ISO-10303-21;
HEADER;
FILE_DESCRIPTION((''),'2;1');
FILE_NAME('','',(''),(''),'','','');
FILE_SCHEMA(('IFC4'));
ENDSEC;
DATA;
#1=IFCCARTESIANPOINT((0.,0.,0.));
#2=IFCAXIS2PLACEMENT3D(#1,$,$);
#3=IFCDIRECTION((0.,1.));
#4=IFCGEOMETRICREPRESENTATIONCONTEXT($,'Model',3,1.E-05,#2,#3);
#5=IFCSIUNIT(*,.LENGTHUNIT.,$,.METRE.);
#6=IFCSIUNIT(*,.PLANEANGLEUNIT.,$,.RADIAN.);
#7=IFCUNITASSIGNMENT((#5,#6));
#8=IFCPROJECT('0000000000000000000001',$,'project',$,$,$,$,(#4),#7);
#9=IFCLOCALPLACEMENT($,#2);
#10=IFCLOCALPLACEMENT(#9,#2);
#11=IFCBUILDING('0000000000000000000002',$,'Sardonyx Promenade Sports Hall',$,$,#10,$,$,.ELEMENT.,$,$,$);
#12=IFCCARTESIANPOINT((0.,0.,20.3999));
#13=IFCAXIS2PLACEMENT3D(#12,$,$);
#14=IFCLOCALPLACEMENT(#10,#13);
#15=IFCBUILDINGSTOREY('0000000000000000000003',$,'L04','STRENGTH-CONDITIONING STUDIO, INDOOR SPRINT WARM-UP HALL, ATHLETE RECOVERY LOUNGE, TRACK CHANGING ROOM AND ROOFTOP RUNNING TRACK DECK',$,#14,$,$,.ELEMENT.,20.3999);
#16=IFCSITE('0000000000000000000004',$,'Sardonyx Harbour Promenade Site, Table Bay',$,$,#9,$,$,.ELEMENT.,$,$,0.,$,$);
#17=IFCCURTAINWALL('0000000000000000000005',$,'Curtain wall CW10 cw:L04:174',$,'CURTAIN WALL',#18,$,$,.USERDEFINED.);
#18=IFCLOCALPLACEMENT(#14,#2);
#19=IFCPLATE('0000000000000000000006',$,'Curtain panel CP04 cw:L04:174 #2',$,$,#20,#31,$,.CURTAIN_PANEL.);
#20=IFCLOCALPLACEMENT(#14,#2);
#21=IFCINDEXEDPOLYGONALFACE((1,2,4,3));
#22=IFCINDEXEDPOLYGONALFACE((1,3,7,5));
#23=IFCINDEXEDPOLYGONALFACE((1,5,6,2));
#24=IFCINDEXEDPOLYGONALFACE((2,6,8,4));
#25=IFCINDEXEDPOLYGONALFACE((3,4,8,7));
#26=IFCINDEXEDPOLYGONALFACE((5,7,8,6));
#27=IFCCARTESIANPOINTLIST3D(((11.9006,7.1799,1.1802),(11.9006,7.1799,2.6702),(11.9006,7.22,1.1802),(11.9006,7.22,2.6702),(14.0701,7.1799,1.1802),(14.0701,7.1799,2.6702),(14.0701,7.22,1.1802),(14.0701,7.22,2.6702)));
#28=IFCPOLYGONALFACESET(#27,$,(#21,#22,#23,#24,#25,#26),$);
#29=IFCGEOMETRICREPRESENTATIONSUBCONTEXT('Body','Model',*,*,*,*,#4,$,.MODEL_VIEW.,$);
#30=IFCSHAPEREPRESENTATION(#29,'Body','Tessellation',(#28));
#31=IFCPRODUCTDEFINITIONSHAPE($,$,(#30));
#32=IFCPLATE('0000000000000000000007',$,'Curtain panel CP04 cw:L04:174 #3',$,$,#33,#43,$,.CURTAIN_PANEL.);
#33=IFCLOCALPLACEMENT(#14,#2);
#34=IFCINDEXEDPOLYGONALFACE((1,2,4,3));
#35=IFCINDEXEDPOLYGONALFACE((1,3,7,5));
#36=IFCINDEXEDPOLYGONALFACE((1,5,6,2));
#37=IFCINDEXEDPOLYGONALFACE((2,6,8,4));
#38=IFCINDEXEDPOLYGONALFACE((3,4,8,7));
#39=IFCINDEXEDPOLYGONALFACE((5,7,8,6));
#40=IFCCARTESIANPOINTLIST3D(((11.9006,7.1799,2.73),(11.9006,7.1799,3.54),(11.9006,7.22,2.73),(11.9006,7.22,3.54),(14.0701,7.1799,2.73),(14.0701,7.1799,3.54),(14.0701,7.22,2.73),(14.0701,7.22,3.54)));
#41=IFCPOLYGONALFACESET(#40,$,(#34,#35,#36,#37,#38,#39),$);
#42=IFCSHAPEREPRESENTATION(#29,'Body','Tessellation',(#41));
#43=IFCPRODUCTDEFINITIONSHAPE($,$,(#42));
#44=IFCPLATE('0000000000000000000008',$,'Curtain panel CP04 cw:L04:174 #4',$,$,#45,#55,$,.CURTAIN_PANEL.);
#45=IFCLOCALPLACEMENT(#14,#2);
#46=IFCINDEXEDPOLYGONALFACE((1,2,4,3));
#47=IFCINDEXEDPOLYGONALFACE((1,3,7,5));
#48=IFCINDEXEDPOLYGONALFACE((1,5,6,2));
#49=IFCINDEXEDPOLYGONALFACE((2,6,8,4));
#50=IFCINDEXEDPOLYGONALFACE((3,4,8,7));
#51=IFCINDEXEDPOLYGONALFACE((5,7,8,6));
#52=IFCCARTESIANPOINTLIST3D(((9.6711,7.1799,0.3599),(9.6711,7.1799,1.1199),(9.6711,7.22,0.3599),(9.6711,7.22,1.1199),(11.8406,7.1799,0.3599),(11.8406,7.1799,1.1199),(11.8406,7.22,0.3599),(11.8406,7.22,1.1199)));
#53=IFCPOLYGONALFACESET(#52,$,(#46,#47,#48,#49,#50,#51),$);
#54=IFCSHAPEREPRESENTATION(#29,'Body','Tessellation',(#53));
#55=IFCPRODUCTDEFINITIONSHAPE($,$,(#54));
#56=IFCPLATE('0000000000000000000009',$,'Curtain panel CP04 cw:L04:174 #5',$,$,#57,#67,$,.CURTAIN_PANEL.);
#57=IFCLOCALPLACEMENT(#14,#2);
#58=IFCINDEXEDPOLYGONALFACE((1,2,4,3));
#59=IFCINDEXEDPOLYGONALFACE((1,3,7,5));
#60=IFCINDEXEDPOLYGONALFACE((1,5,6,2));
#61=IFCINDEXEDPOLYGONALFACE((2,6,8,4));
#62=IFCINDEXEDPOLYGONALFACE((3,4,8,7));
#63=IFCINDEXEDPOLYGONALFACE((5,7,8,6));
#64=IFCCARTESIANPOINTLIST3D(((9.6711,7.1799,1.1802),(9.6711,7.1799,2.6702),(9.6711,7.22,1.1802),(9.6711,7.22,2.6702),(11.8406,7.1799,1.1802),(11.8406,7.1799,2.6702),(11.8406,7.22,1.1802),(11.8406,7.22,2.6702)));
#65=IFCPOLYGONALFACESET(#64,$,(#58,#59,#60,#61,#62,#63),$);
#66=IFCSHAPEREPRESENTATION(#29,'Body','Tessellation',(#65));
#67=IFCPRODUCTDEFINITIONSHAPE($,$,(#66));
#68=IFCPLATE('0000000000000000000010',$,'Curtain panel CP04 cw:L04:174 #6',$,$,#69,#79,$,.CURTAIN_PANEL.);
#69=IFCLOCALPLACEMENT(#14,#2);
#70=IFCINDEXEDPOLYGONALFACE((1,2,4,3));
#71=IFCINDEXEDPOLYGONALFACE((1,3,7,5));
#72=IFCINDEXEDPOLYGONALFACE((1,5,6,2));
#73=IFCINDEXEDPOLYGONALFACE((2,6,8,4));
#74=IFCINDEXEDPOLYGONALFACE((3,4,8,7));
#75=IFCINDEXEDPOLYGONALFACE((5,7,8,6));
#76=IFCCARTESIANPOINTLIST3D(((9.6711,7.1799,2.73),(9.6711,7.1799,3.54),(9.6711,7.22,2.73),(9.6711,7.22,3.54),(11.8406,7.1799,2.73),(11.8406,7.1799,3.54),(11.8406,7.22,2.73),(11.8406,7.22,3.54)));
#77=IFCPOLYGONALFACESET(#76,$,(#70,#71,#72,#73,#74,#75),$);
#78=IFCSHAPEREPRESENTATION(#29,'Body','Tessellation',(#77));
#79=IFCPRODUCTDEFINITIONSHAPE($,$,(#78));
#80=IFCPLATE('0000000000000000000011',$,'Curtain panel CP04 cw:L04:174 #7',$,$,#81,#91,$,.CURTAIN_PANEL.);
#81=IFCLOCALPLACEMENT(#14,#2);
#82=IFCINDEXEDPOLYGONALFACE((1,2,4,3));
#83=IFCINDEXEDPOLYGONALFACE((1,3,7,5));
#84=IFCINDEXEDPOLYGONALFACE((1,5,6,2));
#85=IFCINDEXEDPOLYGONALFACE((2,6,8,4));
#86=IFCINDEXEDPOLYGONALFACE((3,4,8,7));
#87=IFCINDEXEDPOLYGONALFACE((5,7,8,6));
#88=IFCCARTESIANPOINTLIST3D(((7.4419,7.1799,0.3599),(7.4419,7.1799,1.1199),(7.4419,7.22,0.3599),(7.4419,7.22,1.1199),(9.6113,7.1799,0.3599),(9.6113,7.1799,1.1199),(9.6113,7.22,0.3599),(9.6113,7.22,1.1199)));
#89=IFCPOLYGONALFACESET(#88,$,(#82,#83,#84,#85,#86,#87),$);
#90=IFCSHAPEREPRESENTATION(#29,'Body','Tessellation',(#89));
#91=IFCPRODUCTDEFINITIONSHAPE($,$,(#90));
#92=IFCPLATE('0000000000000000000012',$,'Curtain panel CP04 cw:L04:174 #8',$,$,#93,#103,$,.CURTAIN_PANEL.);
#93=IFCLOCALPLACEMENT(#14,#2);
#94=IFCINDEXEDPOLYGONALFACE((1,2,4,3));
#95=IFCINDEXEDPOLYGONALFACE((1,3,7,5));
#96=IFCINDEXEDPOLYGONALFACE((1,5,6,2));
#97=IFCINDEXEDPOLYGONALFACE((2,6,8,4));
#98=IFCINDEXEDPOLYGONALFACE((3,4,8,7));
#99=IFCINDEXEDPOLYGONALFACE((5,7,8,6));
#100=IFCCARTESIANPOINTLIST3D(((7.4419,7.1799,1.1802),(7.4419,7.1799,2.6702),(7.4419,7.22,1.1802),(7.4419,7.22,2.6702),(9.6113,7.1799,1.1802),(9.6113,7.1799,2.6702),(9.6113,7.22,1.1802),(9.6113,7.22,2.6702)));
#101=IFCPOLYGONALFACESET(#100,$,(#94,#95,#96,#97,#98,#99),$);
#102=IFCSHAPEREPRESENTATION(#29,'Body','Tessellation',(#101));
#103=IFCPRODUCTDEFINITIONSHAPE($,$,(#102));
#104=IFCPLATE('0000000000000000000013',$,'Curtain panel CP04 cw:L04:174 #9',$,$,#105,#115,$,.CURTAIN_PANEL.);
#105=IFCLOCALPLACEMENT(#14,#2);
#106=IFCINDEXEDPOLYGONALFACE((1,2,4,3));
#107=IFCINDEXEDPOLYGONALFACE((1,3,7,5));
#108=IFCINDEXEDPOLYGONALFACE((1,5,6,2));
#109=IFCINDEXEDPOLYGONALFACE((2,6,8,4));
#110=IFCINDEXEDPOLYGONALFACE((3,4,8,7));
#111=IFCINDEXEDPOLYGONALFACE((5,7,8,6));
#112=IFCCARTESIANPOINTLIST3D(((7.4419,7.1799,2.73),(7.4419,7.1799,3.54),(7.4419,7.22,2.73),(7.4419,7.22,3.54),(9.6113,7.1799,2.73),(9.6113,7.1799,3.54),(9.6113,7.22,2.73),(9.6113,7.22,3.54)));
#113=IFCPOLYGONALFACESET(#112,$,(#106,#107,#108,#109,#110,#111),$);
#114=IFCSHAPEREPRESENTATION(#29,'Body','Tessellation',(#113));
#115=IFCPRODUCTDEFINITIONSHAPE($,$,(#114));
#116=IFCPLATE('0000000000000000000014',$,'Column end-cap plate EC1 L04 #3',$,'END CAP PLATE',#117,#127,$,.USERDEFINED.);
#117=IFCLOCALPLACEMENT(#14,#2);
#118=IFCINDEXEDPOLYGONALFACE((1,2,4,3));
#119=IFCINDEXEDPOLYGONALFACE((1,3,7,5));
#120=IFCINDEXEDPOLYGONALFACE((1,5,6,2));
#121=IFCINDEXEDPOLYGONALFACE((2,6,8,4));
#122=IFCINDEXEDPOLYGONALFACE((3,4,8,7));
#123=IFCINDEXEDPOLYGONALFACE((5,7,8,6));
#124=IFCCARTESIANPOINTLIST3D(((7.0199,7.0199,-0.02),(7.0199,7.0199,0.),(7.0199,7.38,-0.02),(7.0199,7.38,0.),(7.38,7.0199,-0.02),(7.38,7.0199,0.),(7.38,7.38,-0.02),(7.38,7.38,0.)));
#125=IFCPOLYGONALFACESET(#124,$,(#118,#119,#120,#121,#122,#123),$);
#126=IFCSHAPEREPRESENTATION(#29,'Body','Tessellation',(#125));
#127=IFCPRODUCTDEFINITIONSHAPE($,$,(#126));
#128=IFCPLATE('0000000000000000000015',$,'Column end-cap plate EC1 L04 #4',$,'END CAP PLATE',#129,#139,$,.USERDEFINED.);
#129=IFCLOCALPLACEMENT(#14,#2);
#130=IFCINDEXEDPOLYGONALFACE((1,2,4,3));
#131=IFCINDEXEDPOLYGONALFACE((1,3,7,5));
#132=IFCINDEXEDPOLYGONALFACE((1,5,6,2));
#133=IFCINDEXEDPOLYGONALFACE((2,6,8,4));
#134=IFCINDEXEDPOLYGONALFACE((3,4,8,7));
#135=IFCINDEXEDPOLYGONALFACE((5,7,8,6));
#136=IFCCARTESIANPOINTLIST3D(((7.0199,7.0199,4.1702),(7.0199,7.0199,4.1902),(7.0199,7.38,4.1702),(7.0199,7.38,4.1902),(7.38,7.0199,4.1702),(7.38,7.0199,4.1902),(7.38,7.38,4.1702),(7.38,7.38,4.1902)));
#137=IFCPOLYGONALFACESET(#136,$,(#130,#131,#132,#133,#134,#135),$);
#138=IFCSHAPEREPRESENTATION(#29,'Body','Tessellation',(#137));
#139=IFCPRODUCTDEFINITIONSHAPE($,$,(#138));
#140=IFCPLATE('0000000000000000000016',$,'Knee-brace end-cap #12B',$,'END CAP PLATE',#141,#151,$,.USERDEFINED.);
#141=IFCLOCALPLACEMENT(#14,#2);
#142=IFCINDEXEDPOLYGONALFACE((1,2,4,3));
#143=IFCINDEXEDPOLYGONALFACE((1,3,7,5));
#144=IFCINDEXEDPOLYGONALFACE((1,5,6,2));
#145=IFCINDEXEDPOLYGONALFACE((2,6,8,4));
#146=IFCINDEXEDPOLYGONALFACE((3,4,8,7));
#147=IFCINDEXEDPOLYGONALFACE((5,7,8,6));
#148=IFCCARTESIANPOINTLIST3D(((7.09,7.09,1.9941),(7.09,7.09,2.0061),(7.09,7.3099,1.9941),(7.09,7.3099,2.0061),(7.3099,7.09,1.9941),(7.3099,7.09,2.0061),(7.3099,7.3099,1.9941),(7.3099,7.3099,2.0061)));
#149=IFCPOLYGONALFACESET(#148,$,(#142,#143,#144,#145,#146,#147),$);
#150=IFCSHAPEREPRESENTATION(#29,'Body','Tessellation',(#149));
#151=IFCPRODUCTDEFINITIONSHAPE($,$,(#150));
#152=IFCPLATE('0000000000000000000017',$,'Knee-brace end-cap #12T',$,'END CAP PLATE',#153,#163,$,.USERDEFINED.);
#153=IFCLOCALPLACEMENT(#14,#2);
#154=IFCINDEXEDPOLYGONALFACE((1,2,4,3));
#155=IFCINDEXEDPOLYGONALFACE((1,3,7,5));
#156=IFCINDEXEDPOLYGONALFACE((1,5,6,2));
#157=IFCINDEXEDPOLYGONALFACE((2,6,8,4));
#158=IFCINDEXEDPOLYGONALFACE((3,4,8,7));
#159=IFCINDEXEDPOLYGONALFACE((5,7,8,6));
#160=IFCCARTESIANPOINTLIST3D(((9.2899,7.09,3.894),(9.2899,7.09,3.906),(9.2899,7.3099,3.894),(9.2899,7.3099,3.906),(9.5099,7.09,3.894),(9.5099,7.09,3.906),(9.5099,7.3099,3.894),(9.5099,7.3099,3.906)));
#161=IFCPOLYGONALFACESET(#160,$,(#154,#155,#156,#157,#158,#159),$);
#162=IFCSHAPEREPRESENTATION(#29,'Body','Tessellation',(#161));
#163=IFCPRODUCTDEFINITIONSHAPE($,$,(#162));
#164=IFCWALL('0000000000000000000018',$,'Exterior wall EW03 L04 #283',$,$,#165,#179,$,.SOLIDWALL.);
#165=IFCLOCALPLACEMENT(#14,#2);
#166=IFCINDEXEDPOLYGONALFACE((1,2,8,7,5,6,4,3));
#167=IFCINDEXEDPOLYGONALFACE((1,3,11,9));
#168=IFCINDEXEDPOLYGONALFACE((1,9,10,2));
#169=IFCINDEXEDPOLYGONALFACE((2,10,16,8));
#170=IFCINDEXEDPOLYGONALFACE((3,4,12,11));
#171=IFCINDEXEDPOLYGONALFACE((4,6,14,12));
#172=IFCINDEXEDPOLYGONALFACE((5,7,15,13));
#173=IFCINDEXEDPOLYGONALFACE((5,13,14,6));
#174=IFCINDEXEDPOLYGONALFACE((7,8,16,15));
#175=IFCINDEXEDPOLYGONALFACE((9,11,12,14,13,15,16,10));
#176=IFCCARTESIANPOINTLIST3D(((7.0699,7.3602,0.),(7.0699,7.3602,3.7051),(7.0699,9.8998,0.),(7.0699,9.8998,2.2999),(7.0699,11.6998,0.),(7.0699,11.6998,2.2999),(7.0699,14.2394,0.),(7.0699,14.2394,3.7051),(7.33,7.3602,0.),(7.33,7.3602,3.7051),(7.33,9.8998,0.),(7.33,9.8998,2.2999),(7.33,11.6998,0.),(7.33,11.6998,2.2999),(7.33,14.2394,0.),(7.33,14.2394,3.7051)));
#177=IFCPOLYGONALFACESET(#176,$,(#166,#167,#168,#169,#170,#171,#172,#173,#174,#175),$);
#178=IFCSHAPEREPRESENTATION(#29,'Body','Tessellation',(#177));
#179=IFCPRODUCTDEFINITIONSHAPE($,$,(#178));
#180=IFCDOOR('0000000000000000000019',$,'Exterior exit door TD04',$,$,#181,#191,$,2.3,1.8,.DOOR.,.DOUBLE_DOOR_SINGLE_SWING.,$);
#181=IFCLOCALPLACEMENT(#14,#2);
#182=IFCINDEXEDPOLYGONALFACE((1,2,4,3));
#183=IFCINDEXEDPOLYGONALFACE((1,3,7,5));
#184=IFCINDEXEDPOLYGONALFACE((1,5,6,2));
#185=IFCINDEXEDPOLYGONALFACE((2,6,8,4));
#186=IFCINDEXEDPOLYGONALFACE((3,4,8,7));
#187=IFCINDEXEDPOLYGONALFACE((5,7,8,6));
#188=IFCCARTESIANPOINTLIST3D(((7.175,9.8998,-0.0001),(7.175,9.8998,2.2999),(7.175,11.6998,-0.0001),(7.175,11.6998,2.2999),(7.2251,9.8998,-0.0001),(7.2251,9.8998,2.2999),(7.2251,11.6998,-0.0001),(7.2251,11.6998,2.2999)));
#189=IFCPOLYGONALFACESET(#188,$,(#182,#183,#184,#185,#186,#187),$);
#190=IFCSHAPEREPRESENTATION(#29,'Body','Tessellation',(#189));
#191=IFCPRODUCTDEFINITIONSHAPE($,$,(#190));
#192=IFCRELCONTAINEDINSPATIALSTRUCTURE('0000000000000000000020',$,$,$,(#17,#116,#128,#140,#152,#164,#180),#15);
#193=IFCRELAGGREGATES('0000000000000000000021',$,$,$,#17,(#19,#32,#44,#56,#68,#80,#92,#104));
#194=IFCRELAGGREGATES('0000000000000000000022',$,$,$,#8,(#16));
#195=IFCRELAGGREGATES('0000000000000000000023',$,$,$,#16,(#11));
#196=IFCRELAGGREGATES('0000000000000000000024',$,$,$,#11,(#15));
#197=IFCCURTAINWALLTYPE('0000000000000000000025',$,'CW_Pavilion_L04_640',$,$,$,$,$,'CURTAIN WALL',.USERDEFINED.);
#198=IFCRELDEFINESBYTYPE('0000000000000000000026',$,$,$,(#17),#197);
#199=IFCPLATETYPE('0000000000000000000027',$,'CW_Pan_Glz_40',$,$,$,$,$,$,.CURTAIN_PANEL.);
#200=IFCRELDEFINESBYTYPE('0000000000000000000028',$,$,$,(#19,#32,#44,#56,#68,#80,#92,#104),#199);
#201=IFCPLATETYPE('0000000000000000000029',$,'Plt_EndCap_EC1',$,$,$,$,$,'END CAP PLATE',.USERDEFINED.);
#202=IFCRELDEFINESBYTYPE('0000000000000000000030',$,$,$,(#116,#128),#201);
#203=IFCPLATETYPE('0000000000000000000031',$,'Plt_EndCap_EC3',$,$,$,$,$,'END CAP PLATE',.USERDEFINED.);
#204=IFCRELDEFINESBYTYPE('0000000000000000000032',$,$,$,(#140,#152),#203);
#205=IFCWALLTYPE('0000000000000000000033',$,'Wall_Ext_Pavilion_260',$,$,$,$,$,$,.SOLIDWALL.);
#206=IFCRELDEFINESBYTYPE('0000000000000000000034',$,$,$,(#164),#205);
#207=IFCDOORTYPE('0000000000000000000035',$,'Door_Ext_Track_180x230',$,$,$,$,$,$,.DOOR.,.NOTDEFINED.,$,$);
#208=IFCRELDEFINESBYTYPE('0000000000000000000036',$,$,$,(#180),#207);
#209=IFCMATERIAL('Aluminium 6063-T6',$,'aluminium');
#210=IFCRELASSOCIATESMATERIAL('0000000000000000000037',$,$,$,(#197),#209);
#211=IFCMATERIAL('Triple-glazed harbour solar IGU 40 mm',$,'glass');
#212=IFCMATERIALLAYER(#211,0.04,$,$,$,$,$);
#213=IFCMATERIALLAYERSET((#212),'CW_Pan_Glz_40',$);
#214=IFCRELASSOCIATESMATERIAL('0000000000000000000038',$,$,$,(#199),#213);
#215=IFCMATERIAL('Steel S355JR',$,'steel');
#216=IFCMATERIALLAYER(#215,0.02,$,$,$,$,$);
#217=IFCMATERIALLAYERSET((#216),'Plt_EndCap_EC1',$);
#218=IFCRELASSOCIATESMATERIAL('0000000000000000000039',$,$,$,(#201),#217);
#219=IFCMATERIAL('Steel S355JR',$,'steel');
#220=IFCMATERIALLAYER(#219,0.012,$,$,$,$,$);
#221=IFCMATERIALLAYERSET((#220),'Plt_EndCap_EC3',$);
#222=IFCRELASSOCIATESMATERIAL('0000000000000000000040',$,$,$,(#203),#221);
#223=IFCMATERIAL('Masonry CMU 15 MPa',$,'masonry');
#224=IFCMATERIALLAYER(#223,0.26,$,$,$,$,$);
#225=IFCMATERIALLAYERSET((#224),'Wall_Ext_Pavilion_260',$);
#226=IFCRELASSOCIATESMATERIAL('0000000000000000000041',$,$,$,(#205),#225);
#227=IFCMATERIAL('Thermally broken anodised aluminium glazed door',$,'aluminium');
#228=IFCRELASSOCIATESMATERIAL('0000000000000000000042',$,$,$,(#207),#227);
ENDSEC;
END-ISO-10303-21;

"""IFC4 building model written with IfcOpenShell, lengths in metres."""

from ifc_helpers import new_model, si_unit, direction, frame, frame_2d, origin, origin_2d, place, context, subcontext, project, spatial, rectangle, extrude, material, layer, layer_set, type_object, element, fill, aggregate, save


model = new_model("IFC4")

# Units and contexts
model_context = context("Model", 3, precision=1e-05, world=origin(), true_north=direction((0.0, 1.0)))
body_context = subcontext(model_context, "Body", "Model", "MODEL_VIEW")
ifc_project = project(units=[si_unit("LENGTHUNIT", "METRE"), si_unit("PLANEANGLEUNIT", "RADIAN")], contexts=[model_context])

# Site, building, storey
site_placement = place(None, origin())
site = spatial("IfcSite", under=ifc_project, at=site_placement, Name="Sardonyx Harbour Promenade Site, Table Bay", CompositionType="ELEMENT", RefElevation=0.0)
building_placement = place(site_placement, origin())
building = spatial("IfcBuilding", under=site, at=building_placement, Name="Sardonyx Promenade Sports Hall", CompositionType="ELEMENT")
storey_placement = place(building_placement, frame((0.0, 0.0, 20.3999)))
storey = spatial("IfcBuildingStorey", under=building, at=storey_placement, Name="L04", Description="STRENGTH-CONDITIONING STUDIO, INDOOR SPRINT WARM-UP HALL, ATHLETE RECOVERY LOUNGE, TRACK CHANGING ROOM AND ROOFTOP RUNNING TRACK DECK", CompositionType="ELEMENT", Elevation=20.3999)

# Curtain wall
ifc_material_1 = material(Name="Aluminium 6063-T6", Category="aluminium")
curtain_wall_type = type_object("IfcCurtainWallType", Name="CW_Pavilion_L04_640", ElementType="CURTAIN WALL", PredefinedType="USERDEFINED", material=ifc_material_1)
curtain_wall_placement = place(storey_placement, origin())
curtain_wall = element("IfcCurtainWall", 1, at=curtain_wall_placement, inside=storey, type_object=curtain_wall_type, Name="Curtain wall CW10 cw:L04:174", ObjectType="CURTAIN WALL", PredefinedType="USERDEFINED")

# Plates
ifc_material_2 = material(Name="Triple-glazed harbour solar IGU 40 mm", Category="glass")
ifc_layer_1 = layer(ifc_material_2, 0.04)
ifc_layer_set_1 = layer_set([ifc_layer_1], Name="CW_Pan_Glz_40")
plate_type_1 = type_object("IfcPlateType", Name="CW_Pan_Glz_40", PredefinedType="CURTAIN_PANEL", material=ifc_layer_set_1)
plate_1_placement = place(storey_placement, frame((12.9854, 7.2, 1.1802), z_axis=(0.0, 0.0, 1.0), x_axis=(-1.0, 0.0, 0.0)))
plate_1 = element("IfcPlate", 2, at=plate_1_placement, type_object=plate_type_1, Name="Curtain panel CP04 cw:L04:174 #2", PredefinedType="CURTAIN_PANEL", context=body_context, shape_type="SweptSolid", body=[
    extrude(rectangle(XDim=2.1694, YDim=0.04, at=origin_2d()), origin(), (0.0, 0.0, 1.0), 1.49),
])
plate_2_placement = place(storey_placement, frame((12.9854, 7.2, 2.73), z_axis=(0.0, 0.0, 1.0), x_axis=(-1.0, 0.0, 0.0)))
plate_2 = element("IfcPlate", 3, at=plate_2_placement, type_object=plate_type_1, Name="Curtain panel CP04 cw:L04:174 #3", PredefinedType="CURTAIN_PANEL", context=body_context, shape_type="SweptSolid", body=[
    extrude(rectangle(XDim=2.1694, YDim=0.04, at=origin_2d()), origin(), (0.0, 0.0, 1.0), 0.8101),
])
plate_3_placement = place(storey_placement, frame((10.7559, 7.2, 0.3599), z_axis=(0.0, 0.0, 1.0), x_axis=(-1.0, 0.0, 0.0)))
plate_3 = element("IfcPlate", 4, at=plate_3_placement, type_object=plate_type_1, Name="Curtain panel CP04 cw:L04:174 #4", PredefinedType="CURTAIN_PANEL", context=body_context, shape_type="SweptSolid", body=[
    extrude(rectangle(XDim=2.1694, YDim=0.04, at=origin_2d()), origin(), (0.0, 0.0, 1.0), 0.76),
])
plate_4_placement = place(storey_placement, frame((10.7559, 7.2, 1.1802), z_axis=(0.0, 0.0, 1.0), x_axis=(-1.0, 0.0, 0.0)))
plate_4 = element("IfcPlate", 5, at=plate_4_placement, type_object=plate_type_1, Name="Curtain panel CP04 cw:L04:174 #5", PredefinedType="CURTAIN_PANEL", context=body_context, shape_type="SweptSolid", body=[
    extrude(rectangle(XDim=2.1694, YDim=0.04, at=origin_2d()), origin(), (0.0, 0.0, 1.0), 1.49),
])
plate_5_placement = place(storey_placement, frame((10.7559, 7.2, 2.73), z_axis=(0.0, 0.0, 1.0), x_axis=(-1.0, 0.0, 0.0)))
plate_5 = element("IfcPlate", 6, at=plate_5_placement, type_object=plate_type_1, Name="Curtain panel CP04 cw:L04:174 #6", PredefinedType="CURTAIN_PANEL", context=body_context, shape_type="SweptSolid", body=[
    extrude(rectangle(XDim=2.1694, YDim=0.04, at=origin_2d()), origin(), (0.0, 0.0, 1.0), 0.8101),
])
plate_6_placement = place(storey_placement, frame((8.5266, 7.2, 0.3599), z_axis=(0.0, 0.0, 1.0), x_axis=(-1.0, 0.0, 0.0)))
plate_6 = element("IfcPlate", 7, at=plate_6_placement, type_object=plate_type_1, Name="Curtain panel CP04 cw:L04:174 #7", PredefinedType="CURTAIN_PANEL", context=body_context, shape_type="SweptSolid", body=[
    extrude(rectangle(XDim=2.1694, YDim=0.04, at=origin_2d()), origin(), (0.0, 0.0, 1.0), 0.76),
])
plate_7_placement = place(storey_placement, frame((8.5266, 7.2, 1.1802), z_axis=(0.0, 0.0, 1.0), x_axis=(-1.0, 0.0, 0.0)))
plate_7 = element("IfcPlate", 8, at=plate_7_placement, type_object=plate_type_1, Name="Curtain panel CP04 cw:L04:174 #8", PredefinedType="CURTAIN_PANEL", context=body_context, shape_type="SweptSolid", body=[
    extrude(rectangle(XDim=2.1694, YDim=0.04, at=origin_2d()), origin(), (0.0, 0.0, 1.0), 1.49),
])
plate_8_placement = place(storey_placement, frame((8.5266, 7.2, 2.73), z_axis=(0.0, 0.0, 1.0), x_axis=(-1.0, 0.0, 0.0)))
plate_8 = element("IfcPlate", 9, at=plate_8_placement, type_object=plate_type_1, Name="Curtain panel CP04 cw:L04:174 #9", PredefinedType="CURTAIN_PANEL", context=body_context, shape_type="SweptSolid", body=[
    extrude(rectangle(XDim=2.1694, YDim=0.04, at=origin_2d()), origin(), (0.0, 0.0, 1.0), 0.8101),
])
aggregate(curtain_wall, [plate_1, plate_2, plate_3, plate_4, plate_5, plate_6, plate_7, plate_8])

# Plates
ifc_material_3 = material(Name="Steel S355JR", Category="steel")
ifc_layer_2 = layer(ifc_material_3, 0.02)
ifc_layer_set_2 = layer_set([ifc_layer_2], Name="Plt_EndCap_EC1")
plate_type_2 = type_object("IfcPlateType", Name="Plt_EndCap_EC1", ElementType="END CAP PLATE", PredefinedType="USERDEFINED", material=ifc_layer_set_2)
for number, where, z_axis, x_axis, name in (
    (10, (7.2, 7.2, -0.02), (0.0, 0.0, 1.0), (1.0, 0.0, 0.0), "Column end-cap plate EC1 L04 #3"),
    (11, (7.2, 7.2, 4.1702), (0.0, 0.0, 1.0), (1.0, 0.0, 0.0), "Column end-cap plate EC1 L04 #4"),
):
    element("IfcPlate", number, at=place(storey_placement, frame(where, z_axis=z_axis, x_axis=x_axis)), inside=storey, type_object=plate_type_2, Name=name, ObjectType="END CAP PLATE", PredefinedType="USERDEFINED", context=body_context, shape_type="SweptSolid", body=[
        extrude(rectangle(XDim=0.3601, YDim=0.3601, at=origin_2d()), origin(), (0.0, 0.0, 1.0), 0.02),
    ])
ifc_material_4 = material(Name="Steel S355JR", Category="steel")
ifc_layer_3 = layer(ifc_material_4, 0.012)
ifc_layer_set_3 = layer_set([ifc_layer_3], Name="Plt_EndCap_EC3")
plate_type_3 = type_object("IfcPlateType", Name="Plt_EndCap_EC3", ElementType="END CAP PLATE", PredefinedType="USERDEFINED", material=ifc_layer_set_3)
for number, where, z_axis, x_axis, name in (
    (12, (7.2, 7.2, 1.9941), (0.0, 0.0, 1.0), (1.0, 0.0, 0.0), "Knee-brace end-cap #12B"),
    (13, (9.3999, 7.2, 3.894), (0.0, 0.0, 1.0), (1.0, 0.0, 0.0), "Knee-brace end-cap #12T"),
):
    element("IfcPlate", number, at=place(storey_placement, frame(where, z_axis=z_axis, x_axis=x_axis)), inside=storey, type_object=plate_type_3, Name=name, ObjectType="END CAP PLATE", PredefinedType="USERDEFINED", context=body_context, shape_type="SweptSolid", body=[
        extrude(rectangle(XDim=0.22, YDim=0.22, at=origin_2d()), origin(), (0.0, 0.0, 1.0), 0.012),
    ])

# Wall, opening, door
ifc_material_5 = material(Name="Masonry CMU 15 MPa", Category="masonry")
ifc_layer_4 = layer(ifc_material_5, 0.26)
ifc_layer_set_4 = layer_set([ifc_layer_4], Name="Wall_Ext_Pavilion_260")
wall_type_1 = type_object("IfcWallType", Name="Wall_Ext_Pavilion_260", PredefinedType="SOLIDWALL", material=ifc_layer_set_4)
wall_1_placement = place(storey_placement, frame((7.2, 7.3604, 0.0), z_axis=(0.0, 0.0, 1.0), x_axis=(0.0, 1.0, 0.0)))
wall_1 = element("IfcWall", 14, at=wall_1_placement, inside=storey, type_object=wall_type_1, Name="Exterior wall EW03 L04 #283", PredefinedType="SOLIDWALL", context=body_context, shape_type="SweptSolid", body=[
    extrude(rectangle(XDim=6.8792, YDim=0.26, at=frame_2d((3.4395, 0.0))), origin(), (0.0, 0.0, 1.0), 3.7051),
])
opening_placement = place(wall_1_placement, frame((2.5396, 0.0, 0.0)))
opening = element("IfcOpeningElement", 15, at=opening_placement, cuts=wall_1, PredefinedType="OPENING", context=body_context, shape_type="SweptSolid", body=[
    extrude(rectangle(XDim=1.8, YDim=2.3, at=frame_2d((0.8999, 1.1499))), frame((0.0, 0.14, 0.0), z_axis=(0.0, -1.0, 0.0), x_axis=(1.0, 0.0, 0.0)), (0.0, 0.0, 1.0), 0.28),
])
ifc_material_6 = material(Name="Thermally broken anodised aluminium glazed door", Category="aluminium")
door_type = type_object("IfcDoorType", Name="Door_Ext_Track_180x230", OperationType="NOTDEFINED", PredefinedType="DOOR", material=ifc_material_6)
door_placement = place(opening_placement, origin())
door = element("IfcDoor", 16, at=door_placement, inside=storey, type_object=door_type, Name="Exterior exit door TD04", OperationType="DOUBLE_DOOR_SINGLE_SWING", OverallHeight=2.3, OverallWidth=1.8, PredefinedType="DOOR", context=body_context, shape_type="SweptSolid", body=[
    extrude(rectangle(XDim=1.8, YDim=2.3, at=frame_2d((0.8999, 1.1499))), frame((0.0, 0.0249, 0.0), z_axis=(0.0, -1.0, 0.0), x_axis=(1.0, 0.0, 0.0)), (0.0, 0.0, 1.0), 0.05),
])
fill(opening, door)

save(model, "model.ifc")
